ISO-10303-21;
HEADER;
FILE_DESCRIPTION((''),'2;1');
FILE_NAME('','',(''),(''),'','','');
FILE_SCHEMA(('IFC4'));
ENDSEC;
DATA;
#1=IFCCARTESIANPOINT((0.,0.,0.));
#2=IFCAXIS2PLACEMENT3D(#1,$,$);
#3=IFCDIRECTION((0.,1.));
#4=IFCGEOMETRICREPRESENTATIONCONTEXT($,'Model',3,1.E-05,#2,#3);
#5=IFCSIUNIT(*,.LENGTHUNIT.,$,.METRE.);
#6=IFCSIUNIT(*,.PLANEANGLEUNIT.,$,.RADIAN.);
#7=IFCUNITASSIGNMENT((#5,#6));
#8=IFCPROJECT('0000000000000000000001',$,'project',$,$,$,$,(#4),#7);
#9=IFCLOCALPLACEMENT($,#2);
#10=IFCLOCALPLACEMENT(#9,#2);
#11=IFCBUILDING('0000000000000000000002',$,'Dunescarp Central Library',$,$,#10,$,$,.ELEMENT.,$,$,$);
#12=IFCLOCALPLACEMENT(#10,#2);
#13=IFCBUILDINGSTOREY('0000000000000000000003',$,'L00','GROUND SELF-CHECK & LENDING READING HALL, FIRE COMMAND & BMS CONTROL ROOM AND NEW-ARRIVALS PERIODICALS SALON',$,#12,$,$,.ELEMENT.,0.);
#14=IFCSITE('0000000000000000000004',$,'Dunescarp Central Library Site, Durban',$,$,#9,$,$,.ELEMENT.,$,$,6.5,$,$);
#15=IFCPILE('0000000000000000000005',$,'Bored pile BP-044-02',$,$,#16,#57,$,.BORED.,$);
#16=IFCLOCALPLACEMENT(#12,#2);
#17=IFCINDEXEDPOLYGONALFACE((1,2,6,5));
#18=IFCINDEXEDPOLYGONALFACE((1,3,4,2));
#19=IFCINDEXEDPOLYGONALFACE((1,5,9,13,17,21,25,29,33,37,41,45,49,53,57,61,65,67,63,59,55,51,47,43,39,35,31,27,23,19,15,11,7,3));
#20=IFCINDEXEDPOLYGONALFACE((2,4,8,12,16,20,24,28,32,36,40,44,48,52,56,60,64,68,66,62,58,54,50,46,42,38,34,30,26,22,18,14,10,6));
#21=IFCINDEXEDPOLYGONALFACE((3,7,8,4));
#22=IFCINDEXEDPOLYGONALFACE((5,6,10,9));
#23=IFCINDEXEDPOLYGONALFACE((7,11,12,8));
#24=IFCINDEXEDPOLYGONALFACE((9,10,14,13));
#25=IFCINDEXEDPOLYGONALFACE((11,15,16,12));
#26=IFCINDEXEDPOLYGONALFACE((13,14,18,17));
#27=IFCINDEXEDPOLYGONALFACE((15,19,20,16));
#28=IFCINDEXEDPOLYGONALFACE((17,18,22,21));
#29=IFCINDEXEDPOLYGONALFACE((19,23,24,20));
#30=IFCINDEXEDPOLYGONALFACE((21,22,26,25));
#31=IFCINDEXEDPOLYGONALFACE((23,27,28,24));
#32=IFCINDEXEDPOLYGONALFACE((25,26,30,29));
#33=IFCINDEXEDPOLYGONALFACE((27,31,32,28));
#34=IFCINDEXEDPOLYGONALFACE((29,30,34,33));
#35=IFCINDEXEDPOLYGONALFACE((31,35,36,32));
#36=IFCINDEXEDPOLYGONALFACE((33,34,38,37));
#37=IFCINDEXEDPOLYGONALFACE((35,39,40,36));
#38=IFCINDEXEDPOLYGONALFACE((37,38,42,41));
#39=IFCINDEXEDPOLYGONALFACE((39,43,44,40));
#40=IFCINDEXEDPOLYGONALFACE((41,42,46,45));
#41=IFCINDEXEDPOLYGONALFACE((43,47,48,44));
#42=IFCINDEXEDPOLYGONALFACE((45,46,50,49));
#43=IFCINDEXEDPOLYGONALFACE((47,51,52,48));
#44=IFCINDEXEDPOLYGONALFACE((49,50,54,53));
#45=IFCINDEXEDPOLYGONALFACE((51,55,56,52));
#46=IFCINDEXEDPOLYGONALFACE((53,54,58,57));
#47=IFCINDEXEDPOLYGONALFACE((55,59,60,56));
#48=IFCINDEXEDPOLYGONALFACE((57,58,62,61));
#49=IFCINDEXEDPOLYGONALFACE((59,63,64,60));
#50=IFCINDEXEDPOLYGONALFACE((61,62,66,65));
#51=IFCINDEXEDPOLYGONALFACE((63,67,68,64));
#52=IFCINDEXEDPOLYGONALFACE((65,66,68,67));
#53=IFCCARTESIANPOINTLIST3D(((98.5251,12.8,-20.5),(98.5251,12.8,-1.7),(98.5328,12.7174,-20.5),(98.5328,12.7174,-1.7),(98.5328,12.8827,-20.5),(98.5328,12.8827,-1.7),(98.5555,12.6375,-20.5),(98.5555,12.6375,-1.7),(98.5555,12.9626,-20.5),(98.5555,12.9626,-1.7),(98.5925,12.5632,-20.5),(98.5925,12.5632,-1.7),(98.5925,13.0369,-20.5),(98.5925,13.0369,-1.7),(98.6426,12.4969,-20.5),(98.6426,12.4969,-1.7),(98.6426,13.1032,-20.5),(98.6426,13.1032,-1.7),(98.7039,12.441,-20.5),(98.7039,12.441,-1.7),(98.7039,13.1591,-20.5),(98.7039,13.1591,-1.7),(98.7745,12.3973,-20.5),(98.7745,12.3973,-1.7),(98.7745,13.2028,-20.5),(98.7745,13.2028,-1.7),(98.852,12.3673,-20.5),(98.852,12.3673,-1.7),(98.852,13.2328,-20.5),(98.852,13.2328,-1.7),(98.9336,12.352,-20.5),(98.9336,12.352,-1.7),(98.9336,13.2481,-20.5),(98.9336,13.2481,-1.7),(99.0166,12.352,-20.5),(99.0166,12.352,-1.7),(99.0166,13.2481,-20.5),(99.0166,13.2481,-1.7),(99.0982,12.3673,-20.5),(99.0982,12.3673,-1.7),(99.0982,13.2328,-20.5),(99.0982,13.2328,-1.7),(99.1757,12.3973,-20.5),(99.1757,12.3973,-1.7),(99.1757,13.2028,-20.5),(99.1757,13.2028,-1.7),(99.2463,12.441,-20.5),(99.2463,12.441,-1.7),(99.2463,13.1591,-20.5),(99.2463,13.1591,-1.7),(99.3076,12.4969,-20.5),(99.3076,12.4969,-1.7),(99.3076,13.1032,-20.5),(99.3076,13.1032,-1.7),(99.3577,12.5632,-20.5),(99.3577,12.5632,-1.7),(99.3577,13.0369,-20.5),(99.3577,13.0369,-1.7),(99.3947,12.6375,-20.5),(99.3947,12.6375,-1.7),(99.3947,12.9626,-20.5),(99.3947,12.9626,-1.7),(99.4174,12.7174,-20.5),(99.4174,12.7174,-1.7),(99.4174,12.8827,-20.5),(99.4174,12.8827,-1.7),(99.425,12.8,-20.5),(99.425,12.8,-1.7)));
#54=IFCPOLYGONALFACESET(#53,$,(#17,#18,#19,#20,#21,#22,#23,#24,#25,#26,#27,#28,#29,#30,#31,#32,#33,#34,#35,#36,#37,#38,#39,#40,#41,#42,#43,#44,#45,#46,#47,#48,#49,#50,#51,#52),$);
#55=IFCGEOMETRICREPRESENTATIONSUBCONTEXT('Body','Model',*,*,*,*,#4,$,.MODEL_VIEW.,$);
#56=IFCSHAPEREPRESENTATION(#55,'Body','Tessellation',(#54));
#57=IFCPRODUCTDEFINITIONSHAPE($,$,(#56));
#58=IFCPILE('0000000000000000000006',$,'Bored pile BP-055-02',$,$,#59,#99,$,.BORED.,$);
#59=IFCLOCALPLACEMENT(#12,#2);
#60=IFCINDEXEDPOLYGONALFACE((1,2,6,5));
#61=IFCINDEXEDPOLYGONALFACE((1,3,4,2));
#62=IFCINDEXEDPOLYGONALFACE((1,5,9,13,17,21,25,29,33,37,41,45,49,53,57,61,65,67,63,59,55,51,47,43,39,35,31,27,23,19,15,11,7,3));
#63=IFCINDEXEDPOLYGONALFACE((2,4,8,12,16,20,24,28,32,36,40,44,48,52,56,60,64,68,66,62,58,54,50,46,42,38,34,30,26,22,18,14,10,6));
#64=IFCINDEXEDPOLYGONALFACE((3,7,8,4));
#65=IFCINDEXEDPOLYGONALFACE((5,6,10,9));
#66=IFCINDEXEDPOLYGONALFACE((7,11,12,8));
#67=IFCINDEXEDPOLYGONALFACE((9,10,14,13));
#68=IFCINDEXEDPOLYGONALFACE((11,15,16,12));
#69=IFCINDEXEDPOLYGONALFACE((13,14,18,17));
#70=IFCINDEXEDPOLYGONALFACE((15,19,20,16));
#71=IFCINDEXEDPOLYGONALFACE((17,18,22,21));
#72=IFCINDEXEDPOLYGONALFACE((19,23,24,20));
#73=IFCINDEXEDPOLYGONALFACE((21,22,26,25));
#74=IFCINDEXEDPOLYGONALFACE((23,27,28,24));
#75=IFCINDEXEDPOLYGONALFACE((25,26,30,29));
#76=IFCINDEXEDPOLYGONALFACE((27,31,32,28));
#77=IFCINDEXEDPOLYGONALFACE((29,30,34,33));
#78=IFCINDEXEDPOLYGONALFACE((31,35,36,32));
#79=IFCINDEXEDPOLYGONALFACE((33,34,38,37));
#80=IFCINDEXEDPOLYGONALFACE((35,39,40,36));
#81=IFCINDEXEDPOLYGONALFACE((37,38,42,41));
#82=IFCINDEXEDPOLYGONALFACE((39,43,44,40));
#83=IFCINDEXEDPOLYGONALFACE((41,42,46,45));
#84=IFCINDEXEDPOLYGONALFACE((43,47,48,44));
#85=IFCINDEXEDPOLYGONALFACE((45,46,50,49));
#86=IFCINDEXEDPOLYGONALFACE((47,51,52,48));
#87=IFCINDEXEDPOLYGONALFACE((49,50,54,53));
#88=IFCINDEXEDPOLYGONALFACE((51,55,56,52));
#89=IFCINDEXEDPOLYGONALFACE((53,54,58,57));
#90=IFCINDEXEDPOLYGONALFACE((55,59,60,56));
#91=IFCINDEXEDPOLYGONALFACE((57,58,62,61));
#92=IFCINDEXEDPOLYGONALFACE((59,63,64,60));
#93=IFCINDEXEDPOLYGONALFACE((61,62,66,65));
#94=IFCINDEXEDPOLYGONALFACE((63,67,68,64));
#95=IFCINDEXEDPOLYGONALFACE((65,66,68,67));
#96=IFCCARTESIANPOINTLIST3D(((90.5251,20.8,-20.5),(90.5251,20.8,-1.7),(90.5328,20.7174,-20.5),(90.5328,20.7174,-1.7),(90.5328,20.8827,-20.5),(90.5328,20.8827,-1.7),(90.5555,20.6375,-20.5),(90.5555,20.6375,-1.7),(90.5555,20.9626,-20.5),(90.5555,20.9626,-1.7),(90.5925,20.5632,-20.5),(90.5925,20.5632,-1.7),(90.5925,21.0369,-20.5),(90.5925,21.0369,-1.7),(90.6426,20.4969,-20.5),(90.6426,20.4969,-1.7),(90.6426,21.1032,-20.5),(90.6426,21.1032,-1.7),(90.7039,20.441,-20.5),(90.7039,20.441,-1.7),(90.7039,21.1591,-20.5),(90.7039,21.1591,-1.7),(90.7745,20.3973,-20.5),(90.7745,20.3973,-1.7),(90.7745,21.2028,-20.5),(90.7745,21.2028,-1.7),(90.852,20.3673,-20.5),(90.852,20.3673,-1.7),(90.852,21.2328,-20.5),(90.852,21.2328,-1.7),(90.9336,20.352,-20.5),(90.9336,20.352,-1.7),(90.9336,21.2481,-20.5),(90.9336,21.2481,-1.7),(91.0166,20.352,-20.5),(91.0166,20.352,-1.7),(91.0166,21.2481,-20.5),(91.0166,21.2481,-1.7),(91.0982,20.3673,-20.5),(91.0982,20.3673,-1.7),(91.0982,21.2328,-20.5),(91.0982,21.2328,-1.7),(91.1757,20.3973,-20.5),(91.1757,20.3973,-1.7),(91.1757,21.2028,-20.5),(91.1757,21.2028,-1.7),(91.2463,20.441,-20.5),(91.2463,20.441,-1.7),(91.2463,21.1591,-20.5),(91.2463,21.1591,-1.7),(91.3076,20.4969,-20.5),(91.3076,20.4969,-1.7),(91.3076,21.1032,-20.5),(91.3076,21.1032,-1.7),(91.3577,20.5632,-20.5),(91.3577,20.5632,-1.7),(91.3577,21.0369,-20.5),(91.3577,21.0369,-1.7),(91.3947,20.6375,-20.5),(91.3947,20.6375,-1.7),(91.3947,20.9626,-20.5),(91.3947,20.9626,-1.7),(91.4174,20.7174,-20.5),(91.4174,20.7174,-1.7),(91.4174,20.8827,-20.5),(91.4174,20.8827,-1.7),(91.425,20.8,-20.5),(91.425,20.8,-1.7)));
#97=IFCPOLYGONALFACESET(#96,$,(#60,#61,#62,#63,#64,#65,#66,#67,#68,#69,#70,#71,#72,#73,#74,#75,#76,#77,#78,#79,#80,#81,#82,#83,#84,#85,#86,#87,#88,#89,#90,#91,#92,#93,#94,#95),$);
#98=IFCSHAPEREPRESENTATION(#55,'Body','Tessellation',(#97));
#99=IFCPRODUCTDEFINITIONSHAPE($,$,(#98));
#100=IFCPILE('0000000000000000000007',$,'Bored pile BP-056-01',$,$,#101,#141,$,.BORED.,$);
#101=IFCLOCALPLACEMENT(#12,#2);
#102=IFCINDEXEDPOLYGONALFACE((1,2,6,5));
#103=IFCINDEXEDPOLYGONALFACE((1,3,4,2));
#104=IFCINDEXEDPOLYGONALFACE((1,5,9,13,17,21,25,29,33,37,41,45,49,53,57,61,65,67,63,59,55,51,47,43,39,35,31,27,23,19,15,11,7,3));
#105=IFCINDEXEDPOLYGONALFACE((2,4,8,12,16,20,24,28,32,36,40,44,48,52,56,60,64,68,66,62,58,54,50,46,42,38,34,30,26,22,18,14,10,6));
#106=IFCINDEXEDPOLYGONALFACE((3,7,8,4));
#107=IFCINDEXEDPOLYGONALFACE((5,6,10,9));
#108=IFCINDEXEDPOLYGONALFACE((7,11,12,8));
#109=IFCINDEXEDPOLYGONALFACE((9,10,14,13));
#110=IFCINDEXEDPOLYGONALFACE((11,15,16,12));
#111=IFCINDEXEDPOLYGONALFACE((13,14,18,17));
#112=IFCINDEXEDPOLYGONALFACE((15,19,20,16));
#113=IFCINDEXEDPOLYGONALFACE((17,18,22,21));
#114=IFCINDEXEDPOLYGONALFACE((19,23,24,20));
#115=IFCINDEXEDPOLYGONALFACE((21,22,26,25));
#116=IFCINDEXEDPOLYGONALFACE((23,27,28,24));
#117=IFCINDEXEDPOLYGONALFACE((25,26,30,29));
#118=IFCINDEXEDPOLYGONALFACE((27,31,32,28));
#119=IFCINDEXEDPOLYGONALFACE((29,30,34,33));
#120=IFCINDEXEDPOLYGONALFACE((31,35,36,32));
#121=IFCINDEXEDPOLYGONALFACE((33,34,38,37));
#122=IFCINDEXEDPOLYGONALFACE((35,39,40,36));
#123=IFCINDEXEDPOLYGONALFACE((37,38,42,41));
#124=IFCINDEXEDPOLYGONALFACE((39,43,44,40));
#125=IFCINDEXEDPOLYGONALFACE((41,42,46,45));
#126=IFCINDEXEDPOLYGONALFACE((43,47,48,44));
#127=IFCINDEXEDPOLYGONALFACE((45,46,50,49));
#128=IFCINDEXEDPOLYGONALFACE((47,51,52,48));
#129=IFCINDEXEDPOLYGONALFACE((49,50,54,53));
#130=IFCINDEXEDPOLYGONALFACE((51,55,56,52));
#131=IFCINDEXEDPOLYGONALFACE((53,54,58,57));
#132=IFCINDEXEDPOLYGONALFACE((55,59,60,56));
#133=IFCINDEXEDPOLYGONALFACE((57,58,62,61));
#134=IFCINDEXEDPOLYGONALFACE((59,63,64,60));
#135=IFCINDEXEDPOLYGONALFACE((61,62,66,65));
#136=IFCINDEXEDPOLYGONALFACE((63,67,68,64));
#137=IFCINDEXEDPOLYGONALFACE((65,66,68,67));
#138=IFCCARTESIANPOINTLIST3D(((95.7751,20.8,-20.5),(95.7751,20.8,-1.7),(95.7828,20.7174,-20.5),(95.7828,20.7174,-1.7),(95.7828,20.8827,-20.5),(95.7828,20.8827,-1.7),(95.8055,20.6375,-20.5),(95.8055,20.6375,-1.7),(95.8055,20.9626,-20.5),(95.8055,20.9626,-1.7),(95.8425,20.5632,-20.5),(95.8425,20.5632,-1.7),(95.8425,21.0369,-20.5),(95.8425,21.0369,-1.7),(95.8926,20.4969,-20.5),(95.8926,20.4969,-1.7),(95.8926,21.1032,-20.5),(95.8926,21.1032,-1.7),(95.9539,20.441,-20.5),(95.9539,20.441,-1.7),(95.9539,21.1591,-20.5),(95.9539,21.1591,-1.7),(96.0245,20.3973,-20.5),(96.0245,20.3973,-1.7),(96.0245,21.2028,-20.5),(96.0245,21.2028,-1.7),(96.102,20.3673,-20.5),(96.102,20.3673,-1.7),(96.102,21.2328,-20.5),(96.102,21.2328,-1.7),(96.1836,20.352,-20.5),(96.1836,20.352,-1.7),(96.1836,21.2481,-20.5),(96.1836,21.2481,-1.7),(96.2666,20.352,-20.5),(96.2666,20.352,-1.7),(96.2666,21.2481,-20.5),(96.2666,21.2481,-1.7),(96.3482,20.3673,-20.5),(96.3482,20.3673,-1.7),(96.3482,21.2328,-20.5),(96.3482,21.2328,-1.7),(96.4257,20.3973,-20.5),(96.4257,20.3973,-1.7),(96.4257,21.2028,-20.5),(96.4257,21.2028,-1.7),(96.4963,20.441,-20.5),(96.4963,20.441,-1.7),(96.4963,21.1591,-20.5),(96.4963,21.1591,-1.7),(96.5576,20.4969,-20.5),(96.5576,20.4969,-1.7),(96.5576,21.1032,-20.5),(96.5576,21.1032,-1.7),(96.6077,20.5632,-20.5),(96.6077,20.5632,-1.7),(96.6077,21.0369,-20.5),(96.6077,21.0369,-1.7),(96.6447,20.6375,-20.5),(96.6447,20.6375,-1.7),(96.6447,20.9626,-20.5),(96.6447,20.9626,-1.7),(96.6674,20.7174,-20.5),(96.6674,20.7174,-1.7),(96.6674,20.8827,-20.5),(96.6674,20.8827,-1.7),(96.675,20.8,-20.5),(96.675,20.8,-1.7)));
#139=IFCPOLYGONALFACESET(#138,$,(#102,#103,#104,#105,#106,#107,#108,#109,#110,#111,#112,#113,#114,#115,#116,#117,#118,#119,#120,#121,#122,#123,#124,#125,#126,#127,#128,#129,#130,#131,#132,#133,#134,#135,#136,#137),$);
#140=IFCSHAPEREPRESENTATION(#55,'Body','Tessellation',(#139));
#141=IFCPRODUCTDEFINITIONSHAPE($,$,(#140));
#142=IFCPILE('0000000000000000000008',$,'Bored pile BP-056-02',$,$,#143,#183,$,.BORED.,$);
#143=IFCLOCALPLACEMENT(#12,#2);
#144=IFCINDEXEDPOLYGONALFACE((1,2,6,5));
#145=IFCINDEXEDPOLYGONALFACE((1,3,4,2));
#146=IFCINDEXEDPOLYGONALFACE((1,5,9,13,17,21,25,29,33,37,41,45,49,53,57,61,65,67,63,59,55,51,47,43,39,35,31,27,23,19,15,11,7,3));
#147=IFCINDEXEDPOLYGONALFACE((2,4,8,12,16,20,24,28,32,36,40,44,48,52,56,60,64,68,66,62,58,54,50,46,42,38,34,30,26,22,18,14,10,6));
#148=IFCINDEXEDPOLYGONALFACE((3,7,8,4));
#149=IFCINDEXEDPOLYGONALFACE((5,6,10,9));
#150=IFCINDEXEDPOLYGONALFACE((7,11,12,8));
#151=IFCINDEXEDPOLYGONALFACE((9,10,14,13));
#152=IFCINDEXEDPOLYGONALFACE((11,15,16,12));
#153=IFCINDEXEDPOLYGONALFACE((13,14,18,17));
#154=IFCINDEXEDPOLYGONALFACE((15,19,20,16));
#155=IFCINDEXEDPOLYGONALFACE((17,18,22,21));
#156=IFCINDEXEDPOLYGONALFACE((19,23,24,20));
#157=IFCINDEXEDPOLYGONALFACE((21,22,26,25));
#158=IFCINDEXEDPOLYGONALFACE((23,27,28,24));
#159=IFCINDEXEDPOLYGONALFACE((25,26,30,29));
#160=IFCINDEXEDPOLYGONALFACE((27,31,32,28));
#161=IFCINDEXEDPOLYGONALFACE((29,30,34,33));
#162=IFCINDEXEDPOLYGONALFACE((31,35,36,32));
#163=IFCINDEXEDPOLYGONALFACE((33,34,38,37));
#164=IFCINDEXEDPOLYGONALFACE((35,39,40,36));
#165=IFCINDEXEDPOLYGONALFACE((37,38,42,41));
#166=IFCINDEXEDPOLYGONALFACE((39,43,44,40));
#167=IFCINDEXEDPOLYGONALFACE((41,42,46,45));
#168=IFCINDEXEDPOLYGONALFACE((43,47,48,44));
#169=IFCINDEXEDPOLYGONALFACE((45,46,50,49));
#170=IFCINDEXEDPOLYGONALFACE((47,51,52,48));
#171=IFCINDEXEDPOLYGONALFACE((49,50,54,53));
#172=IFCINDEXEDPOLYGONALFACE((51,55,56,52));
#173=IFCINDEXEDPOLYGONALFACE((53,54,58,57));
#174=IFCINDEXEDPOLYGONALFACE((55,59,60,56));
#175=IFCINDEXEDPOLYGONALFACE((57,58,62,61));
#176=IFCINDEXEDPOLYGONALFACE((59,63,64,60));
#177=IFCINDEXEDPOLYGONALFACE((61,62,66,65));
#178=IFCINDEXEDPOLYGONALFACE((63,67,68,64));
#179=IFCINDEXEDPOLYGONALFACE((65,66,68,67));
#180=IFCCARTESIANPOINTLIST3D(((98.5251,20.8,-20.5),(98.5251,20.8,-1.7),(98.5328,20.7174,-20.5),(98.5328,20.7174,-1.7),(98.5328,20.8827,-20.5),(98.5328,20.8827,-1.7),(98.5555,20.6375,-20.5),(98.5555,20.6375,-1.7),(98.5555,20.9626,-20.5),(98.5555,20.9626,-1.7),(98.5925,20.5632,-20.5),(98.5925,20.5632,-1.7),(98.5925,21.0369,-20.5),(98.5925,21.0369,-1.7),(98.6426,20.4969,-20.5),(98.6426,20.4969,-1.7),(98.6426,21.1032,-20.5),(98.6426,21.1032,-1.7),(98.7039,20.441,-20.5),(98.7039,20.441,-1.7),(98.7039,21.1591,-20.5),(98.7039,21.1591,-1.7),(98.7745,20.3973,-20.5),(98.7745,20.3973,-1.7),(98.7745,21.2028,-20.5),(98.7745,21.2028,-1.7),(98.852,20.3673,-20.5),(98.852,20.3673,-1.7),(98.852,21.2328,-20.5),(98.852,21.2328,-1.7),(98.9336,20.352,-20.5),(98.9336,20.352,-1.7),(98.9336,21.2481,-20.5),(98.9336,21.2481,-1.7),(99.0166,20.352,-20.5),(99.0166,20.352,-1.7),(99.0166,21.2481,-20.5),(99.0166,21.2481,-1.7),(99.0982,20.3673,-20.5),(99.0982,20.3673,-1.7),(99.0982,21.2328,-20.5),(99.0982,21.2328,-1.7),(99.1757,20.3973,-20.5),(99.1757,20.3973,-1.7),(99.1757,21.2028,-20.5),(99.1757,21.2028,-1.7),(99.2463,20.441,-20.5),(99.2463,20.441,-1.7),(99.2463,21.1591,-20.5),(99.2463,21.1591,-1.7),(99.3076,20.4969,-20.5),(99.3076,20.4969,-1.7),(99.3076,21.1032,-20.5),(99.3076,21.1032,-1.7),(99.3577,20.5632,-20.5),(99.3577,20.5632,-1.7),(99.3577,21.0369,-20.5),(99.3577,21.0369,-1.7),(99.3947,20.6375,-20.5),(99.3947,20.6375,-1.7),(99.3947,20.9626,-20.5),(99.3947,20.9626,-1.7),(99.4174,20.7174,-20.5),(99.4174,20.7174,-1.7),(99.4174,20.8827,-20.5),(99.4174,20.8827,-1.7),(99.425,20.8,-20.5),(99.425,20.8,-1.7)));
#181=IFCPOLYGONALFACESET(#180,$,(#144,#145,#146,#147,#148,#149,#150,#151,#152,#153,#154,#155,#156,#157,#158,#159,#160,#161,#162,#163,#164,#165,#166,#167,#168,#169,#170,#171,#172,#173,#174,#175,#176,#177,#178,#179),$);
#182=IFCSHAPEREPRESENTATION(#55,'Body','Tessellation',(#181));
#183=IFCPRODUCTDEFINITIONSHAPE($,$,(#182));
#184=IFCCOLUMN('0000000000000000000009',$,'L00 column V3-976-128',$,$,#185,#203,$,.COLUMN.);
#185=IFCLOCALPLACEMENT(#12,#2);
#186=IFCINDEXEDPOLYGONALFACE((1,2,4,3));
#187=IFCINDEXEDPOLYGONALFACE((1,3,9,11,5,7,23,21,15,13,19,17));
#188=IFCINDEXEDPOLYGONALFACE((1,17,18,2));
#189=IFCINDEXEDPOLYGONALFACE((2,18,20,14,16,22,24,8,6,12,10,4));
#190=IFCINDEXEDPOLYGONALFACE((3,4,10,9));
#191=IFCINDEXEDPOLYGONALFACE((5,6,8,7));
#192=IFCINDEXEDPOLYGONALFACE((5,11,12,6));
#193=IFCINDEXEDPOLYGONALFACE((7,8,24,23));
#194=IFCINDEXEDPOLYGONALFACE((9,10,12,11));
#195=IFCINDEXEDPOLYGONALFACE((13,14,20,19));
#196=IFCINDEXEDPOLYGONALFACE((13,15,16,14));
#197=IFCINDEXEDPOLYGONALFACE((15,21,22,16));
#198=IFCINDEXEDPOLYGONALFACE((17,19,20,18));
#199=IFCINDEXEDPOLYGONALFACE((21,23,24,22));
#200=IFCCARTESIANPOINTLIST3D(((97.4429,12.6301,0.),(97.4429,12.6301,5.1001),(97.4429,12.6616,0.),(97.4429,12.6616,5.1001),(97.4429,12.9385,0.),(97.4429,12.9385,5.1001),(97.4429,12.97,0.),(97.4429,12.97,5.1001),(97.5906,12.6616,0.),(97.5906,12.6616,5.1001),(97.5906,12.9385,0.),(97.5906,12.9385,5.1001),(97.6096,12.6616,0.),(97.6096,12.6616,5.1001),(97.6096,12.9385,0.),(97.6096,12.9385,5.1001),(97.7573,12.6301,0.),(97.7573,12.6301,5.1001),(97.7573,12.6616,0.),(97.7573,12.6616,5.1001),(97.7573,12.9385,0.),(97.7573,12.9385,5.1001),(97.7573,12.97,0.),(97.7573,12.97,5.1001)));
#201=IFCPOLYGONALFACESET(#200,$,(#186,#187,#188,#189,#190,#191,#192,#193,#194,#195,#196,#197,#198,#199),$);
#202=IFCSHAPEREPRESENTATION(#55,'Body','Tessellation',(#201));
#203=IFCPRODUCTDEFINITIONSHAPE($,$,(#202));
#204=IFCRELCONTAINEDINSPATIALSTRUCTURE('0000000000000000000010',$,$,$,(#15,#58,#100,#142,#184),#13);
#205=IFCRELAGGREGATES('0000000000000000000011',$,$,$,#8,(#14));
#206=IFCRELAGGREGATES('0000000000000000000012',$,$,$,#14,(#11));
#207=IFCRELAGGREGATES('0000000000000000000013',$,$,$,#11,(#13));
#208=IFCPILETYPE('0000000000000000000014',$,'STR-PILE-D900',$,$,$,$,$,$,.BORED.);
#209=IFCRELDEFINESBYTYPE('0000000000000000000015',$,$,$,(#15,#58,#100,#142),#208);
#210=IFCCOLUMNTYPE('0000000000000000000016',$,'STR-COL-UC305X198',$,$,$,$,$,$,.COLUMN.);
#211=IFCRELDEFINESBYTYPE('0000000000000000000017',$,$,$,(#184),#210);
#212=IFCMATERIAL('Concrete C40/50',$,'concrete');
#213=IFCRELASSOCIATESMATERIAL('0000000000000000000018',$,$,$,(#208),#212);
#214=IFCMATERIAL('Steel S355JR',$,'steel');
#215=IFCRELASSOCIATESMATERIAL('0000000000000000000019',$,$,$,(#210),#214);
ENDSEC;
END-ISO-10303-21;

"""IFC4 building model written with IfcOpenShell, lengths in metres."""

from ifc_helpers import new_model, si_unit, direction, frame, origin, origin_2d, place, context, subcontext, project, spatial, circle, i_section, extrude, material, material_profile, profile_set, type_object, element, save


model = new_model("IFC4")

# Units and contexts
model_context = context("Model", 3, precision=1e-05, world=origin(), true_north=direction((0.0, 1.0)))
body_context = subcontext(model_context, "Body", "Model", "MODEL_VIEW")
ifc_project = project(units=[si_unit("LENGTHUNIT", "METRE"), si_unit("PLANEANGLEUNIT", "RADIAN")], contexts=[model_context])

# Site, building, storey
site_placement = place(None, origin())
site = spatial("IfcSite", under=ifc_project, at=site_placement, Name="Dunescarp Central Library Site, Durban", CompositionType="ELEMENT", RefElevation=6.5)
building_placement = place(site_placement, origin())
building = spatial("IfcBuilding", under=site, at=building_placement, Name="Dunescarp Central Library", CompositionType="ELEMENT")
storey_placement = place(building_placement, origin())
storey = spatial("IfcBuildingStorey", under=building, at=storey_placement, Name="L00", Description="GROUND SELF-CHECK & LENDING READING HALL, FIRE COMMAND & BMS CONTROL ROOM AND NEW-ARRIVALS PERIODICALS SALON", CompositionType="ELEMENT", Elevation=0.0)

# Shared definitions
ifc_material_1 = material(Name="Concrete C40/50", Category="concrete")

# Piles
ifc_material_profile_1 = material_profile(ifc_material_1, circle(Radius=0.45, at=origin_2d()), Name="PILE D900")
ifc_profile_set_1 = profile_set([ifc_material_profile_1], Name="Concrete C40/50")
pile_type = type_object("IfcPileType", Name="STR-PILE-D900", PredefinedType="BORED", material=ifc_profile_set_1)
for number, where, z_axis, x_axis, name in (
    (1, (98.9751, 12.8, -1.7), (0.0, 0.0, -1.0), (1.0, 0.0, 0.0), "Bored pile BP-044-02"),
    (2, (90.9751, 20.8, -1.7), (0.0, 0.0, -1.0), (1.0, 0.0, 0.0), "Bored pile BP-055-02"),
    (3, (96.2251, 20.8, -1.7), (0.0, 0.0, -1.0), (1.0, 0.0, 0.0), "Bored pile BP-056-01"),
    (4, (98.9751, 20.8, -1.7), (0.0, 0.0, -1.0), (1.0, 0.0, 0.0), "Bored pile BP-056-02"),
):
    element("IfcPile", number, at=place(storey_placement, frame(where, z_axis=z_axis, x_axis=x_axis)), inside=storey, type_object=pile_type, Name=name, PredefinedType="BORED", context=body_context, shape_type="SweptSolid", body=[
        extrude(circle(Radius=0.45, at=origin_2d()), origin(), (0.0, 0.0, 1.0), 18.8),
    ])

# Column
ifc_material_2 = material(Name="Steel S355JR", Category="steel")
ifc_material_profile_2 = material_profile(ifc_material_2, i_section(OverallWidth=0.3145, OverallDepth=0.3398, WebThickness=0.019, FlangeThickness=0.0315, at=origin_2d()), Name="UC 305x305x198")
ifc_profile_set_2 = profile_set([ifc_material_profile_2], Name="Steel S355JR")
column_type = type_object("IfcColumnType", Name="STR-COL-UC305X198", PredefinedType="COLUMN", material=ifc_profile_set_2)
for number, where, z_axis, x_axis, name in (
    (5, (97.6001, 12.8, 0.0), (0.0, 0.0, 1.0), (1.0, 0.0, 0.0), "L00 column V3-976-128"),
):
    element("IfcColumn", number, at=place(storey_placement, frame(where, z_axis=z_axis, x_axis=x_axis)), inside=storey, type_object=column_type, Name=name, PredefinedType="COLUMN", context=body_context, shape_type="SweptSolid", body=[
        extrude(i_section(OverallWidth=0.3145, OverallDepth=0.3398, WebThickness=0.019, FlangeThickness=0.0315, at=origin_2d()), origin(), (0.0, 0.0, 1.0), 5.1001),
    ])

save(model, "model.ifc")
